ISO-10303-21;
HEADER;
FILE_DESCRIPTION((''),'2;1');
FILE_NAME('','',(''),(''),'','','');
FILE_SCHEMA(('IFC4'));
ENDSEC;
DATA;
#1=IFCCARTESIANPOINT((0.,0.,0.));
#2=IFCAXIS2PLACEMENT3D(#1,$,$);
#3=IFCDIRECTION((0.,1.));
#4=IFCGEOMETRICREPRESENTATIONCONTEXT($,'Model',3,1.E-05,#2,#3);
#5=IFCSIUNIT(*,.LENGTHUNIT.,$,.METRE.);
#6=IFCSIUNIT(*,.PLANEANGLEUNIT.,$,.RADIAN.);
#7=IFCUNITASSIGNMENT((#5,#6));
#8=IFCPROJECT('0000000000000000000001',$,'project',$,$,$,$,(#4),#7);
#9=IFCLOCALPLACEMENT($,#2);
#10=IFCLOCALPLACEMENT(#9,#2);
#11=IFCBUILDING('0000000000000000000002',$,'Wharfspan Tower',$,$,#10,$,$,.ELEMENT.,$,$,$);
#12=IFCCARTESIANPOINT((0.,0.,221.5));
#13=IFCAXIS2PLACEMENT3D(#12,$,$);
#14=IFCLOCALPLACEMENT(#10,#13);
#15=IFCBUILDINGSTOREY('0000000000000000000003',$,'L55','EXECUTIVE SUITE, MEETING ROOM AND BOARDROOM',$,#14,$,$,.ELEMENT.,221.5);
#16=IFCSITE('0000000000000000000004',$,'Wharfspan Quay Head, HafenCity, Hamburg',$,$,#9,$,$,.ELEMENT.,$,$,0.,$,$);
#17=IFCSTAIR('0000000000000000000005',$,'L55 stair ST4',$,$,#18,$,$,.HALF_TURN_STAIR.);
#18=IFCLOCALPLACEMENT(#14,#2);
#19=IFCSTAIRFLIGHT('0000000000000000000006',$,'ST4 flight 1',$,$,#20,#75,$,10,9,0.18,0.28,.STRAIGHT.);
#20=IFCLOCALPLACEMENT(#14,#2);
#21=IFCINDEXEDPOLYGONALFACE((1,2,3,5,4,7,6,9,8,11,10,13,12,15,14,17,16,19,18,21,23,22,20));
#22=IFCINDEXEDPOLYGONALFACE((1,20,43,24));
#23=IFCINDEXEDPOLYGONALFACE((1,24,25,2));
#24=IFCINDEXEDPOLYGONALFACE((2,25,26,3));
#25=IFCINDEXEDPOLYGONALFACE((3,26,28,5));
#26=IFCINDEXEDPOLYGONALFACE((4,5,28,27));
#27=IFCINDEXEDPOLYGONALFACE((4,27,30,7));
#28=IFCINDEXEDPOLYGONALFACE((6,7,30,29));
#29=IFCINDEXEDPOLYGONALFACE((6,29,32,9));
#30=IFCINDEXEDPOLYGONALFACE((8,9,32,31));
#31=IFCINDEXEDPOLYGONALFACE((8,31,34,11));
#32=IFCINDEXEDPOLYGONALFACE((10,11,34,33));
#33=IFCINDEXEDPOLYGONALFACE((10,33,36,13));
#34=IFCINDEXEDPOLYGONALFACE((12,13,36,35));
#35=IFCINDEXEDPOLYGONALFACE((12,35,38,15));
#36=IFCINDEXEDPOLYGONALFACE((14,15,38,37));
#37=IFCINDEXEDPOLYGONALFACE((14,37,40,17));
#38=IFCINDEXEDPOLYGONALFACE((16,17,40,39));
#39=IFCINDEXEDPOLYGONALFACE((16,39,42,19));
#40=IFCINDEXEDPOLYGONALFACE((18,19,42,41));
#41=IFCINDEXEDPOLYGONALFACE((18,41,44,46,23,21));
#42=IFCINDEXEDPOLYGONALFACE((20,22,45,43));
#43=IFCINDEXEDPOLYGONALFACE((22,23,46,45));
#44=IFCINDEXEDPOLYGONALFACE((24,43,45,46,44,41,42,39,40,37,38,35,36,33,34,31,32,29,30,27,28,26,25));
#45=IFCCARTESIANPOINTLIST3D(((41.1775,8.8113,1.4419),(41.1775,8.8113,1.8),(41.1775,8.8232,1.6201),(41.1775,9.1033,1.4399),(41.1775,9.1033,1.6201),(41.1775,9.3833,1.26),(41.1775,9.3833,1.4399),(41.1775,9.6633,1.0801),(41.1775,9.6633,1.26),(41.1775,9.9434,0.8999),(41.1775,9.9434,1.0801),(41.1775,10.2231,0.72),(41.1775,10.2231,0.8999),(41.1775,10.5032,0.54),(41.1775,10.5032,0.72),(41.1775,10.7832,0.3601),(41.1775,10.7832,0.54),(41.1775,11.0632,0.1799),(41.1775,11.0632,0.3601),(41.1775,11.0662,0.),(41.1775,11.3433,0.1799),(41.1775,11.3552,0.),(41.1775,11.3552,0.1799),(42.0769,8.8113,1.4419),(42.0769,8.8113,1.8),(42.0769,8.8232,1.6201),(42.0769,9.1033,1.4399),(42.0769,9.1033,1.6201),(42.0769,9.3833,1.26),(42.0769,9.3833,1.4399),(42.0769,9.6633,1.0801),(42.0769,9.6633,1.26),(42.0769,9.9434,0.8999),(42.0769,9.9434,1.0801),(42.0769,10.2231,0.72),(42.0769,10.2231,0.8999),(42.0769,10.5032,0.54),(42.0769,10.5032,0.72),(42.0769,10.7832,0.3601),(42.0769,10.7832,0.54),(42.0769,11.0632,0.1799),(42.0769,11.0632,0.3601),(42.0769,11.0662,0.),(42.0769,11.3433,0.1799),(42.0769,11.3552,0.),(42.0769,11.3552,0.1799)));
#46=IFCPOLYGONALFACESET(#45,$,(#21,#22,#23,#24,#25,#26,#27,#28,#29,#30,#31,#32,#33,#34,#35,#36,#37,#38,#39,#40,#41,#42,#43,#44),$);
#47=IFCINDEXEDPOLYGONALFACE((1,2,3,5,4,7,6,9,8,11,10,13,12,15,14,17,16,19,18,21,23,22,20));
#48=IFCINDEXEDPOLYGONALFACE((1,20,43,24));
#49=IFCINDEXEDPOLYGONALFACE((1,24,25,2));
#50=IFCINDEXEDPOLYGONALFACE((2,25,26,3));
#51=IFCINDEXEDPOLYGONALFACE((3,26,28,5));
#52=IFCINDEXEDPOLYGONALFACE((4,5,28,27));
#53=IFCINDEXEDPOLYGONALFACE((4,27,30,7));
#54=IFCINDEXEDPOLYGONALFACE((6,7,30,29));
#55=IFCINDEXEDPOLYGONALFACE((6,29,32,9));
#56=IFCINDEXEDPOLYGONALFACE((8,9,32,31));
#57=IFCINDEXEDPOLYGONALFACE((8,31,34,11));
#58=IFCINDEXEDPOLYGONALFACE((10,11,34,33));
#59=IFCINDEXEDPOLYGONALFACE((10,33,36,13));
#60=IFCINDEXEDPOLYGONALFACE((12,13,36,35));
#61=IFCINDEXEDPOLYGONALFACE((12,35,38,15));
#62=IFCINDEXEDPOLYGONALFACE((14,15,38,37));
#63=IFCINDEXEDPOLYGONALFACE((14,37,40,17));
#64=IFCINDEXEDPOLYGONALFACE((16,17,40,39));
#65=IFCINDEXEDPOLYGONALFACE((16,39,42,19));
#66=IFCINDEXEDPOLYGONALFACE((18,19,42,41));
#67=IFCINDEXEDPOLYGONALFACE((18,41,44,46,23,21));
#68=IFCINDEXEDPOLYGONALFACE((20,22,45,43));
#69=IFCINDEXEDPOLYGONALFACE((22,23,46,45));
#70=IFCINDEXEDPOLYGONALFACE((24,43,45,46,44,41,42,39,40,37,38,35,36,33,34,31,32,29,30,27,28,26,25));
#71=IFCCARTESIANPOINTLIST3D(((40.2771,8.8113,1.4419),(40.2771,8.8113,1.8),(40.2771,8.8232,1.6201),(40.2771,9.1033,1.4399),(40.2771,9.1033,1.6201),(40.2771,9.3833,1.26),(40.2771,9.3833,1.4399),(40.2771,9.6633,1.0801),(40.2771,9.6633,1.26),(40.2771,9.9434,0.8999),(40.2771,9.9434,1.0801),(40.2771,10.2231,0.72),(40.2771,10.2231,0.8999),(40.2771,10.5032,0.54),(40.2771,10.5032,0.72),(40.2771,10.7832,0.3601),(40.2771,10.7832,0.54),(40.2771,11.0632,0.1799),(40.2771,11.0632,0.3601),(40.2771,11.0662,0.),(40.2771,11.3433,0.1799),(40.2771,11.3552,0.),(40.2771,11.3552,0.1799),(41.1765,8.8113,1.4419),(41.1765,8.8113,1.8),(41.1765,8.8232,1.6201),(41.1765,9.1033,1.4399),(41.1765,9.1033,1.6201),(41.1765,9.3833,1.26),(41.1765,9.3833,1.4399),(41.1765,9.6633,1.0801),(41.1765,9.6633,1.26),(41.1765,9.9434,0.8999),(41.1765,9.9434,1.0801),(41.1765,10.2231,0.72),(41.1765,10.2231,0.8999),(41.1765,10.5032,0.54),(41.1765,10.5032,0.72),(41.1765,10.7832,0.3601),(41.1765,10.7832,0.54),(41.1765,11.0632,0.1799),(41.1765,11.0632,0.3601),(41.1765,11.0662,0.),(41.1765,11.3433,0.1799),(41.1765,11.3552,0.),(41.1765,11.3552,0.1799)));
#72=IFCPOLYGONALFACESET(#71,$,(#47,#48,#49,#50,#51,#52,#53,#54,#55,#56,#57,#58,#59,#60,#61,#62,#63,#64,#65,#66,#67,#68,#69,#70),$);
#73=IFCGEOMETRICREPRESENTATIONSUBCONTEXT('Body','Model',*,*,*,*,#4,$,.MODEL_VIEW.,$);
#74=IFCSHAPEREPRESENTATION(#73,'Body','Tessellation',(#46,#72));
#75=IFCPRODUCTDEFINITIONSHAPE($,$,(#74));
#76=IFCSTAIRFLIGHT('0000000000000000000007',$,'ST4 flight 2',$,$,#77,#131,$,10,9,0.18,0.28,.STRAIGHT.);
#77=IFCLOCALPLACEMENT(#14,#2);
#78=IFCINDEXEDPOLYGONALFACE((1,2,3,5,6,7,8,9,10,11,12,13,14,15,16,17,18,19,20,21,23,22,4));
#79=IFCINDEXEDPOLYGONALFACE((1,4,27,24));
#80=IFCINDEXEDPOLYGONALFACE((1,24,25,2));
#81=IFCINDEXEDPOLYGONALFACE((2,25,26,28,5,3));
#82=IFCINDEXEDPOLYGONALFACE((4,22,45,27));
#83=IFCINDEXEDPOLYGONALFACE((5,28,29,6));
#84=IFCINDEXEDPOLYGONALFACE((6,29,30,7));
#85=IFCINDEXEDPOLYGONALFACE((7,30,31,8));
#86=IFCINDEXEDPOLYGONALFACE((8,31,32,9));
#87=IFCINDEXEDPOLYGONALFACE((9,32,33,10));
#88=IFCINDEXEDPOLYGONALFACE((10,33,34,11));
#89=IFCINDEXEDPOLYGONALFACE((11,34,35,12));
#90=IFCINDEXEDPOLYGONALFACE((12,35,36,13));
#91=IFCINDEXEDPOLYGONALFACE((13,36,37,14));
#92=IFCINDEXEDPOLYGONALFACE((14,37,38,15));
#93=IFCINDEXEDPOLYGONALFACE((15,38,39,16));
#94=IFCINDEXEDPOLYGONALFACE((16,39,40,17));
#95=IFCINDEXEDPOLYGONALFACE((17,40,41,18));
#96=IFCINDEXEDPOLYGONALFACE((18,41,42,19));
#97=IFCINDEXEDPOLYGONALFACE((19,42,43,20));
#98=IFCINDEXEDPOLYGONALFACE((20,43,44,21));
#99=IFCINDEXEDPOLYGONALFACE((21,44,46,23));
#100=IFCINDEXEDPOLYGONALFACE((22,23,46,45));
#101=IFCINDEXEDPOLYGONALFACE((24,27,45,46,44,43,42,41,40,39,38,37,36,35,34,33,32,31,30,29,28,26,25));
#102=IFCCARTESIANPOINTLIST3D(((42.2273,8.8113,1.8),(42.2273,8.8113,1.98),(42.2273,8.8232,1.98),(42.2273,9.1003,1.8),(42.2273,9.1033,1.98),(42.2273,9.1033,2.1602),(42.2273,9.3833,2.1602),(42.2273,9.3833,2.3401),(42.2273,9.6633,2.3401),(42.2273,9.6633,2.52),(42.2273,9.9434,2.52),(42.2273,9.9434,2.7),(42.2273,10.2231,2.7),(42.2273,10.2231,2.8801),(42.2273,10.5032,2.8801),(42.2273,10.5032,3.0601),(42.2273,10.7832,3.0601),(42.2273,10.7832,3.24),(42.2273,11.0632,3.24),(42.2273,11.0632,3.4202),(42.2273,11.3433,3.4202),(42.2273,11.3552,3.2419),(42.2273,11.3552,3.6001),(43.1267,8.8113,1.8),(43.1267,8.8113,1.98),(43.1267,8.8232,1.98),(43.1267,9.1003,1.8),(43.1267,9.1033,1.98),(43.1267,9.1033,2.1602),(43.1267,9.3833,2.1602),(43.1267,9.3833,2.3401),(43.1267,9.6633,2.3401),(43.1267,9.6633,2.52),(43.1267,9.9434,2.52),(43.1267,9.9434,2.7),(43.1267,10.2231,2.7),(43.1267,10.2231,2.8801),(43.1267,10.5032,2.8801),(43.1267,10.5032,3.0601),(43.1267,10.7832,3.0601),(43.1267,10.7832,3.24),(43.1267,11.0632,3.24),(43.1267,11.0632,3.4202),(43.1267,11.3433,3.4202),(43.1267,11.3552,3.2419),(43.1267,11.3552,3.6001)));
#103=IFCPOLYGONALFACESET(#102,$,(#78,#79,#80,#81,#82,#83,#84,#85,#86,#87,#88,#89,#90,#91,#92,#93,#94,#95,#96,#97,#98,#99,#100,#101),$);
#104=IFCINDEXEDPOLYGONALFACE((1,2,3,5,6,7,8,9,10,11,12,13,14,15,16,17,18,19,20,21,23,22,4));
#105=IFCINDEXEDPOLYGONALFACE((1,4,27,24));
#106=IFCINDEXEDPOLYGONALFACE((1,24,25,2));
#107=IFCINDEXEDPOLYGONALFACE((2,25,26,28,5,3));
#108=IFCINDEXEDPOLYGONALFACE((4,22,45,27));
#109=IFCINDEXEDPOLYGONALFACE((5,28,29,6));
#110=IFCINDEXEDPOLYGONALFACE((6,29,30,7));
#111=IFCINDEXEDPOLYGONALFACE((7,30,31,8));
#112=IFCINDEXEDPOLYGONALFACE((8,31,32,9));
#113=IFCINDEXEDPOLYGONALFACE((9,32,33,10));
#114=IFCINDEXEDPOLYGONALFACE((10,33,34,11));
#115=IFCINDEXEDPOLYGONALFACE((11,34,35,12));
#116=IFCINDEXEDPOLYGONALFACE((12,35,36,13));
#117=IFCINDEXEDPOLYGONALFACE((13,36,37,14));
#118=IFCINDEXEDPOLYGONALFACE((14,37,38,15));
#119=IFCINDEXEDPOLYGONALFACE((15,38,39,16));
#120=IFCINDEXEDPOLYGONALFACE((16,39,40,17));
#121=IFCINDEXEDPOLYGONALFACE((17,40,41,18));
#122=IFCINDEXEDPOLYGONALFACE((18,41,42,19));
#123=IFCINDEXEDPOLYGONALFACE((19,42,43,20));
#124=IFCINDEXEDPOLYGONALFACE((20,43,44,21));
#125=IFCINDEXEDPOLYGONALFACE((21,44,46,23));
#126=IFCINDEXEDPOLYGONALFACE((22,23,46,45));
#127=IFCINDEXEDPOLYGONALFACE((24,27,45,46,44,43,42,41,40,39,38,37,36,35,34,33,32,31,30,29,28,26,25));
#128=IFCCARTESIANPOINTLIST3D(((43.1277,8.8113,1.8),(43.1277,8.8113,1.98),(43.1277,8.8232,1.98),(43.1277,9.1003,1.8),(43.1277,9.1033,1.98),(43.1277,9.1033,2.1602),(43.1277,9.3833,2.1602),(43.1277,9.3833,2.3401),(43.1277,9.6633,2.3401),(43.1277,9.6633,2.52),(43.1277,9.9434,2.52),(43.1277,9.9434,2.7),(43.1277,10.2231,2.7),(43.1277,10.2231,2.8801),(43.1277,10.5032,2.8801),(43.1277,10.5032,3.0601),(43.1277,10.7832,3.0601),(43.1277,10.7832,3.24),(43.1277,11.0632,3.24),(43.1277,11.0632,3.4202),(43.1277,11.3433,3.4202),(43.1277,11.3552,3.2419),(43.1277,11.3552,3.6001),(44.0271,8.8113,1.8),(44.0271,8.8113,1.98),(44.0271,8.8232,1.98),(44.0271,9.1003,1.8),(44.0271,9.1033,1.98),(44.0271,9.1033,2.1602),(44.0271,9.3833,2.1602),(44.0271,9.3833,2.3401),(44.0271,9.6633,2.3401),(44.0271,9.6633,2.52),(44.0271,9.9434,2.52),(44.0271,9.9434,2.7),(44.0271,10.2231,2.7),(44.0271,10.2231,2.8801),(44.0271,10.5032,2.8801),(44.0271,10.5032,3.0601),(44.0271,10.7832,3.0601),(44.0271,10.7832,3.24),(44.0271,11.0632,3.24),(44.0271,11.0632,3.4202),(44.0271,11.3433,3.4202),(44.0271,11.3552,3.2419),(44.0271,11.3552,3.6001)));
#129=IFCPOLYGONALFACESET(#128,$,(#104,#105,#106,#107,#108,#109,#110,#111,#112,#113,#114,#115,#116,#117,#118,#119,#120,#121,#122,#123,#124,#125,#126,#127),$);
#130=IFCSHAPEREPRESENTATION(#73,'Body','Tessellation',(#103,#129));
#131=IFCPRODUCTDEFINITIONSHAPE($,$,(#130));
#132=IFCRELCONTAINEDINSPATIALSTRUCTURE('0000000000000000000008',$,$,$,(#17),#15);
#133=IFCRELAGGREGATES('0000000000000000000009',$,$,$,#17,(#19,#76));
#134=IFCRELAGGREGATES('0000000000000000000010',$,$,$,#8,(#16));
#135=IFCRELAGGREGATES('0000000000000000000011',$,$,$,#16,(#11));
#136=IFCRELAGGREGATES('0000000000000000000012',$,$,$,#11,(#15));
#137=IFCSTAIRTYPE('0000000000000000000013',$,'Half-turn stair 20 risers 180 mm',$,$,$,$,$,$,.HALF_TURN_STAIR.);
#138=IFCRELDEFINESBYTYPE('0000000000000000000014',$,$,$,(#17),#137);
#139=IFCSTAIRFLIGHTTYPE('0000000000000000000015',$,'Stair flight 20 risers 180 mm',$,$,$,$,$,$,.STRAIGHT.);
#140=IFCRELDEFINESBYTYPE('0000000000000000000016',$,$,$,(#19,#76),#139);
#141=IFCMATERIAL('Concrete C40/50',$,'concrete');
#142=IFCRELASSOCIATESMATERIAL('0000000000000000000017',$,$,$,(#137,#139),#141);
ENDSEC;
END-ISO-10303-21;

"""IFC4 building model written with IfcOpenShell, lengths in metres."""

from ifc_helpers import new_model, si_unit, direction, frame, origin, place, context, subcontext, project, spatial, polyline, outline, extrude, material, type_object, element, aggregate, save


model = new_model("IFC4")

# Units and contexts
model_context = context("Model", 3, precision=1e-05, world=origin(), true_north=direction((0.0, 1.0)))
body_context = subcontext(model_context, "Body", "Model", "MODEL_VIEW")
ifc_project = project(units=[si_unit("LENGTHUNIT", "METRE"), si_unit("PLANEANGLEUNIT", "RADIAN")], contexts=[model_context])

# Site, building, storey
site_placement = place(None, origin())
site = spatial("IfcSite", under=ifc_project, at=site_placement, Name="Wharfspan Quay Head, HafenCity, Hamburg", CompositionType="ELEMENT", RefElevation=0.0)
building_placement = place(site_placement, origin())
building = spatial("IfcBuilding", under=site, at=building_placement, Name="Wharfspan Tower", CompositionType="ELEMENT")
storey_placement = place(building_placement, frame((0.0, 0.0, 221.5)))
storey = spatial("IfcBuildingStorey", under=building, at=storey_placement, Name="L55", Description="EXECUTIVE SUITE, MEETING ROOM AND BOARDROOM", CompositionType="ELEMENT", Elevation=221.5)

# Shared definitions
ifc_material_1 = material(Name="Concrete C40/50", Category="concrete")

# Stair, stair flights
stair_type = type_object("IfcStairType", Name="Half-turn stair 20 risers 180 mm", PredefinedType="HALF_TURN_STAIR", material=ifc_material_1)
stair_placement = place(storey_placement, origin())
stair = element("IfcStair", 1, at=stair_placement, inside=storey, type_object=stair_type, Name="L55 stair ST4", PredefinedType="HALF_TURN_STAIR")
stair_flight_type = type_object("IfcStairFlightType", Name="Stair flight 20 risers 180 mm", PredefinedType="STRAIGHT", material=ifc_material_1)
stair_flight_1_placement = place(storey_placement, frame((41.177, 11.3433, 0.0), z_axis=(0.0, 0.0, 1.0), x_axis=(0.0, -1.0, 0.0)))
stair_flight_1 = element("IfcStairFlight", 2, at=stair_flight_1_placement, type_object=stair_flight_type, Name="ST4 flight 1", NumberOfRisers=10, NumberOfTreads=9, PredefinedType="STRAIGHT", RiserHeight=0.18, TreadLength=0.28, context=body_context, shape_type="SweptSolid", body=[
    extrude(outline(polyline([(-0.012, 0.0), (-0.012, 0.1799), (0.0, 0.1799), (0.28, 0.1799), (0.28, 0.3601), (0.5601, 0.3601), (0.5601, 0.54), (0.8401, 0.54), (0.8401, 0.72), (1.1201, 0.72), (1.1201, 0.8999), (1.3999, 0.8999), (1.3999, 1.0801), (1.6799, 1.0801), (1.6799, 1.26), (1.96, 1.26), (1.96, 1.4399), (2.24, 1.4399), (2.24, 1.6201), (2.52, 1.6201), (2.532, 1.8), (2.532, 1.4419), (0.2771, 0.0), (-0.012, 0.0)])), frame((0.0, 0.8999, 0.0), z_axis=(0.0, -1.0, 0.0), x_axis=(1.0, 0.0, 0.0)), (0.0, 0.0, 1.0), 0.8994),
    extrude(outline(polyline([(-0.012, 0.0), (-0.012, 0.1799), (0.0, 0.1799), (0.28, 0.1799), (0.28, 0.3601), (0.5601, 0.3601), (0.5601, 0.54), (0.8401, 0.54), (0.8401, 0.72), (1.1201, 0.72), (1.1201, 0.8999), (1.3999, 0.8999), (1.3999, 1.0801), (1.6799, 1.0801), (1.6799, 1.26), (1.96, 1.26), (1.96, 1.4399), (2.24, 1.4399), (2.24, 1.6201), (2.52, 1.6201), (2.532, 1.8), (2.532, 1.4419), (0.2771, 0.0), (-0.012, 0.0)])), frame((0.0, -0.0005, 0.0), z_axis=(0.0, -1.0, 0.0), x_axis=(1.0, 0.0, 0.0)), (0.0, 0.0, 1.0), 0.8994),
])
stair_flight_2_placement = place(storey_placement, frame((43.1272, 8.8232, 1.8), z_axis=(0.0, 0.0, 1.0), x_axis=(0.0, 1.0, 0.0)))
stair_flight_2 = element("IfcStairFlight", 3, at=stair_flight_2_placement, type_object=stair_flight_type, Name="ST4 flight 2", NumberOfRisers=10, NumberOfTreads=9, PredefinedType="STRAIGHT", RiserHeight=0.18, TreadLength=0.28, context=body_context, shape_type="SweptSolid", body=[
    extrude(outline(polyline([(-0.012, 0.0), (-0.012, 0.1799), (0.0, 0.1799), (0.28, 0.1799), (0.28, 0.3601), (0.5601, 0.3601), (0.5601, 0.54), (0.8401, 0.54), (0.8401, 0.72), (1.1201, 0.72), (1.1201, 0.8999), (1.3999, 0.8999), (1.3999, 1.0801), (1.6799, 1.0801), (1.6799, 1.26), (1.96, 1.26), (1.96, 1.4399), (2.24, 1.4399), (2.24, 1.6201), (2.52, 1.6201), (2.532, 1.8), (2.532, 1.4419), (0.2771, 0.0), (-0.012, 0.0)])), frame((0.0, 0.8999, 0.0), z_axis=(0.0, -1.0, 0.0), x_axis=(1.0, 0.0, 0.0)), (0.0, 0.0, 1.0), 0.8994),
    extrude(outline(polyline([(-0.012, 0.0), (-0.012, 0.1799), (0.0, 0.1799), (0.28, 0.1799), (0.28, 0.3601), (0.5601, 0.3601), (0.5601, 0.54), (0.8401, 0.54), (0.8401, 0.72), (1.1201, 0.72), (1.1201, 0.8999), (1.3999, 0.8999), (1.3999, 1.0801), (1.6799, 1.0801), (1.6799, 1.26), (1.96, 1.26), (1.96, 1.4399), (2.24, 1.4399), (2.24, 1.6201), (2.52, 1.6201), (2.532, 1.8), (2.532, 1.4419), (0.2771, 0.0), (-0.012, 0.0)])), frame((0.0, -0.0005, 0.0), z_axis=(0.0, -1.0, 0.0), x_axis=(1.0, 0.0, 0.0)), (0.0, 0.0, 1.0), 0.8994),
])
aggregate(stair, [stair_flight_1, stair_flight_2])

save(model, "model.ifc")
